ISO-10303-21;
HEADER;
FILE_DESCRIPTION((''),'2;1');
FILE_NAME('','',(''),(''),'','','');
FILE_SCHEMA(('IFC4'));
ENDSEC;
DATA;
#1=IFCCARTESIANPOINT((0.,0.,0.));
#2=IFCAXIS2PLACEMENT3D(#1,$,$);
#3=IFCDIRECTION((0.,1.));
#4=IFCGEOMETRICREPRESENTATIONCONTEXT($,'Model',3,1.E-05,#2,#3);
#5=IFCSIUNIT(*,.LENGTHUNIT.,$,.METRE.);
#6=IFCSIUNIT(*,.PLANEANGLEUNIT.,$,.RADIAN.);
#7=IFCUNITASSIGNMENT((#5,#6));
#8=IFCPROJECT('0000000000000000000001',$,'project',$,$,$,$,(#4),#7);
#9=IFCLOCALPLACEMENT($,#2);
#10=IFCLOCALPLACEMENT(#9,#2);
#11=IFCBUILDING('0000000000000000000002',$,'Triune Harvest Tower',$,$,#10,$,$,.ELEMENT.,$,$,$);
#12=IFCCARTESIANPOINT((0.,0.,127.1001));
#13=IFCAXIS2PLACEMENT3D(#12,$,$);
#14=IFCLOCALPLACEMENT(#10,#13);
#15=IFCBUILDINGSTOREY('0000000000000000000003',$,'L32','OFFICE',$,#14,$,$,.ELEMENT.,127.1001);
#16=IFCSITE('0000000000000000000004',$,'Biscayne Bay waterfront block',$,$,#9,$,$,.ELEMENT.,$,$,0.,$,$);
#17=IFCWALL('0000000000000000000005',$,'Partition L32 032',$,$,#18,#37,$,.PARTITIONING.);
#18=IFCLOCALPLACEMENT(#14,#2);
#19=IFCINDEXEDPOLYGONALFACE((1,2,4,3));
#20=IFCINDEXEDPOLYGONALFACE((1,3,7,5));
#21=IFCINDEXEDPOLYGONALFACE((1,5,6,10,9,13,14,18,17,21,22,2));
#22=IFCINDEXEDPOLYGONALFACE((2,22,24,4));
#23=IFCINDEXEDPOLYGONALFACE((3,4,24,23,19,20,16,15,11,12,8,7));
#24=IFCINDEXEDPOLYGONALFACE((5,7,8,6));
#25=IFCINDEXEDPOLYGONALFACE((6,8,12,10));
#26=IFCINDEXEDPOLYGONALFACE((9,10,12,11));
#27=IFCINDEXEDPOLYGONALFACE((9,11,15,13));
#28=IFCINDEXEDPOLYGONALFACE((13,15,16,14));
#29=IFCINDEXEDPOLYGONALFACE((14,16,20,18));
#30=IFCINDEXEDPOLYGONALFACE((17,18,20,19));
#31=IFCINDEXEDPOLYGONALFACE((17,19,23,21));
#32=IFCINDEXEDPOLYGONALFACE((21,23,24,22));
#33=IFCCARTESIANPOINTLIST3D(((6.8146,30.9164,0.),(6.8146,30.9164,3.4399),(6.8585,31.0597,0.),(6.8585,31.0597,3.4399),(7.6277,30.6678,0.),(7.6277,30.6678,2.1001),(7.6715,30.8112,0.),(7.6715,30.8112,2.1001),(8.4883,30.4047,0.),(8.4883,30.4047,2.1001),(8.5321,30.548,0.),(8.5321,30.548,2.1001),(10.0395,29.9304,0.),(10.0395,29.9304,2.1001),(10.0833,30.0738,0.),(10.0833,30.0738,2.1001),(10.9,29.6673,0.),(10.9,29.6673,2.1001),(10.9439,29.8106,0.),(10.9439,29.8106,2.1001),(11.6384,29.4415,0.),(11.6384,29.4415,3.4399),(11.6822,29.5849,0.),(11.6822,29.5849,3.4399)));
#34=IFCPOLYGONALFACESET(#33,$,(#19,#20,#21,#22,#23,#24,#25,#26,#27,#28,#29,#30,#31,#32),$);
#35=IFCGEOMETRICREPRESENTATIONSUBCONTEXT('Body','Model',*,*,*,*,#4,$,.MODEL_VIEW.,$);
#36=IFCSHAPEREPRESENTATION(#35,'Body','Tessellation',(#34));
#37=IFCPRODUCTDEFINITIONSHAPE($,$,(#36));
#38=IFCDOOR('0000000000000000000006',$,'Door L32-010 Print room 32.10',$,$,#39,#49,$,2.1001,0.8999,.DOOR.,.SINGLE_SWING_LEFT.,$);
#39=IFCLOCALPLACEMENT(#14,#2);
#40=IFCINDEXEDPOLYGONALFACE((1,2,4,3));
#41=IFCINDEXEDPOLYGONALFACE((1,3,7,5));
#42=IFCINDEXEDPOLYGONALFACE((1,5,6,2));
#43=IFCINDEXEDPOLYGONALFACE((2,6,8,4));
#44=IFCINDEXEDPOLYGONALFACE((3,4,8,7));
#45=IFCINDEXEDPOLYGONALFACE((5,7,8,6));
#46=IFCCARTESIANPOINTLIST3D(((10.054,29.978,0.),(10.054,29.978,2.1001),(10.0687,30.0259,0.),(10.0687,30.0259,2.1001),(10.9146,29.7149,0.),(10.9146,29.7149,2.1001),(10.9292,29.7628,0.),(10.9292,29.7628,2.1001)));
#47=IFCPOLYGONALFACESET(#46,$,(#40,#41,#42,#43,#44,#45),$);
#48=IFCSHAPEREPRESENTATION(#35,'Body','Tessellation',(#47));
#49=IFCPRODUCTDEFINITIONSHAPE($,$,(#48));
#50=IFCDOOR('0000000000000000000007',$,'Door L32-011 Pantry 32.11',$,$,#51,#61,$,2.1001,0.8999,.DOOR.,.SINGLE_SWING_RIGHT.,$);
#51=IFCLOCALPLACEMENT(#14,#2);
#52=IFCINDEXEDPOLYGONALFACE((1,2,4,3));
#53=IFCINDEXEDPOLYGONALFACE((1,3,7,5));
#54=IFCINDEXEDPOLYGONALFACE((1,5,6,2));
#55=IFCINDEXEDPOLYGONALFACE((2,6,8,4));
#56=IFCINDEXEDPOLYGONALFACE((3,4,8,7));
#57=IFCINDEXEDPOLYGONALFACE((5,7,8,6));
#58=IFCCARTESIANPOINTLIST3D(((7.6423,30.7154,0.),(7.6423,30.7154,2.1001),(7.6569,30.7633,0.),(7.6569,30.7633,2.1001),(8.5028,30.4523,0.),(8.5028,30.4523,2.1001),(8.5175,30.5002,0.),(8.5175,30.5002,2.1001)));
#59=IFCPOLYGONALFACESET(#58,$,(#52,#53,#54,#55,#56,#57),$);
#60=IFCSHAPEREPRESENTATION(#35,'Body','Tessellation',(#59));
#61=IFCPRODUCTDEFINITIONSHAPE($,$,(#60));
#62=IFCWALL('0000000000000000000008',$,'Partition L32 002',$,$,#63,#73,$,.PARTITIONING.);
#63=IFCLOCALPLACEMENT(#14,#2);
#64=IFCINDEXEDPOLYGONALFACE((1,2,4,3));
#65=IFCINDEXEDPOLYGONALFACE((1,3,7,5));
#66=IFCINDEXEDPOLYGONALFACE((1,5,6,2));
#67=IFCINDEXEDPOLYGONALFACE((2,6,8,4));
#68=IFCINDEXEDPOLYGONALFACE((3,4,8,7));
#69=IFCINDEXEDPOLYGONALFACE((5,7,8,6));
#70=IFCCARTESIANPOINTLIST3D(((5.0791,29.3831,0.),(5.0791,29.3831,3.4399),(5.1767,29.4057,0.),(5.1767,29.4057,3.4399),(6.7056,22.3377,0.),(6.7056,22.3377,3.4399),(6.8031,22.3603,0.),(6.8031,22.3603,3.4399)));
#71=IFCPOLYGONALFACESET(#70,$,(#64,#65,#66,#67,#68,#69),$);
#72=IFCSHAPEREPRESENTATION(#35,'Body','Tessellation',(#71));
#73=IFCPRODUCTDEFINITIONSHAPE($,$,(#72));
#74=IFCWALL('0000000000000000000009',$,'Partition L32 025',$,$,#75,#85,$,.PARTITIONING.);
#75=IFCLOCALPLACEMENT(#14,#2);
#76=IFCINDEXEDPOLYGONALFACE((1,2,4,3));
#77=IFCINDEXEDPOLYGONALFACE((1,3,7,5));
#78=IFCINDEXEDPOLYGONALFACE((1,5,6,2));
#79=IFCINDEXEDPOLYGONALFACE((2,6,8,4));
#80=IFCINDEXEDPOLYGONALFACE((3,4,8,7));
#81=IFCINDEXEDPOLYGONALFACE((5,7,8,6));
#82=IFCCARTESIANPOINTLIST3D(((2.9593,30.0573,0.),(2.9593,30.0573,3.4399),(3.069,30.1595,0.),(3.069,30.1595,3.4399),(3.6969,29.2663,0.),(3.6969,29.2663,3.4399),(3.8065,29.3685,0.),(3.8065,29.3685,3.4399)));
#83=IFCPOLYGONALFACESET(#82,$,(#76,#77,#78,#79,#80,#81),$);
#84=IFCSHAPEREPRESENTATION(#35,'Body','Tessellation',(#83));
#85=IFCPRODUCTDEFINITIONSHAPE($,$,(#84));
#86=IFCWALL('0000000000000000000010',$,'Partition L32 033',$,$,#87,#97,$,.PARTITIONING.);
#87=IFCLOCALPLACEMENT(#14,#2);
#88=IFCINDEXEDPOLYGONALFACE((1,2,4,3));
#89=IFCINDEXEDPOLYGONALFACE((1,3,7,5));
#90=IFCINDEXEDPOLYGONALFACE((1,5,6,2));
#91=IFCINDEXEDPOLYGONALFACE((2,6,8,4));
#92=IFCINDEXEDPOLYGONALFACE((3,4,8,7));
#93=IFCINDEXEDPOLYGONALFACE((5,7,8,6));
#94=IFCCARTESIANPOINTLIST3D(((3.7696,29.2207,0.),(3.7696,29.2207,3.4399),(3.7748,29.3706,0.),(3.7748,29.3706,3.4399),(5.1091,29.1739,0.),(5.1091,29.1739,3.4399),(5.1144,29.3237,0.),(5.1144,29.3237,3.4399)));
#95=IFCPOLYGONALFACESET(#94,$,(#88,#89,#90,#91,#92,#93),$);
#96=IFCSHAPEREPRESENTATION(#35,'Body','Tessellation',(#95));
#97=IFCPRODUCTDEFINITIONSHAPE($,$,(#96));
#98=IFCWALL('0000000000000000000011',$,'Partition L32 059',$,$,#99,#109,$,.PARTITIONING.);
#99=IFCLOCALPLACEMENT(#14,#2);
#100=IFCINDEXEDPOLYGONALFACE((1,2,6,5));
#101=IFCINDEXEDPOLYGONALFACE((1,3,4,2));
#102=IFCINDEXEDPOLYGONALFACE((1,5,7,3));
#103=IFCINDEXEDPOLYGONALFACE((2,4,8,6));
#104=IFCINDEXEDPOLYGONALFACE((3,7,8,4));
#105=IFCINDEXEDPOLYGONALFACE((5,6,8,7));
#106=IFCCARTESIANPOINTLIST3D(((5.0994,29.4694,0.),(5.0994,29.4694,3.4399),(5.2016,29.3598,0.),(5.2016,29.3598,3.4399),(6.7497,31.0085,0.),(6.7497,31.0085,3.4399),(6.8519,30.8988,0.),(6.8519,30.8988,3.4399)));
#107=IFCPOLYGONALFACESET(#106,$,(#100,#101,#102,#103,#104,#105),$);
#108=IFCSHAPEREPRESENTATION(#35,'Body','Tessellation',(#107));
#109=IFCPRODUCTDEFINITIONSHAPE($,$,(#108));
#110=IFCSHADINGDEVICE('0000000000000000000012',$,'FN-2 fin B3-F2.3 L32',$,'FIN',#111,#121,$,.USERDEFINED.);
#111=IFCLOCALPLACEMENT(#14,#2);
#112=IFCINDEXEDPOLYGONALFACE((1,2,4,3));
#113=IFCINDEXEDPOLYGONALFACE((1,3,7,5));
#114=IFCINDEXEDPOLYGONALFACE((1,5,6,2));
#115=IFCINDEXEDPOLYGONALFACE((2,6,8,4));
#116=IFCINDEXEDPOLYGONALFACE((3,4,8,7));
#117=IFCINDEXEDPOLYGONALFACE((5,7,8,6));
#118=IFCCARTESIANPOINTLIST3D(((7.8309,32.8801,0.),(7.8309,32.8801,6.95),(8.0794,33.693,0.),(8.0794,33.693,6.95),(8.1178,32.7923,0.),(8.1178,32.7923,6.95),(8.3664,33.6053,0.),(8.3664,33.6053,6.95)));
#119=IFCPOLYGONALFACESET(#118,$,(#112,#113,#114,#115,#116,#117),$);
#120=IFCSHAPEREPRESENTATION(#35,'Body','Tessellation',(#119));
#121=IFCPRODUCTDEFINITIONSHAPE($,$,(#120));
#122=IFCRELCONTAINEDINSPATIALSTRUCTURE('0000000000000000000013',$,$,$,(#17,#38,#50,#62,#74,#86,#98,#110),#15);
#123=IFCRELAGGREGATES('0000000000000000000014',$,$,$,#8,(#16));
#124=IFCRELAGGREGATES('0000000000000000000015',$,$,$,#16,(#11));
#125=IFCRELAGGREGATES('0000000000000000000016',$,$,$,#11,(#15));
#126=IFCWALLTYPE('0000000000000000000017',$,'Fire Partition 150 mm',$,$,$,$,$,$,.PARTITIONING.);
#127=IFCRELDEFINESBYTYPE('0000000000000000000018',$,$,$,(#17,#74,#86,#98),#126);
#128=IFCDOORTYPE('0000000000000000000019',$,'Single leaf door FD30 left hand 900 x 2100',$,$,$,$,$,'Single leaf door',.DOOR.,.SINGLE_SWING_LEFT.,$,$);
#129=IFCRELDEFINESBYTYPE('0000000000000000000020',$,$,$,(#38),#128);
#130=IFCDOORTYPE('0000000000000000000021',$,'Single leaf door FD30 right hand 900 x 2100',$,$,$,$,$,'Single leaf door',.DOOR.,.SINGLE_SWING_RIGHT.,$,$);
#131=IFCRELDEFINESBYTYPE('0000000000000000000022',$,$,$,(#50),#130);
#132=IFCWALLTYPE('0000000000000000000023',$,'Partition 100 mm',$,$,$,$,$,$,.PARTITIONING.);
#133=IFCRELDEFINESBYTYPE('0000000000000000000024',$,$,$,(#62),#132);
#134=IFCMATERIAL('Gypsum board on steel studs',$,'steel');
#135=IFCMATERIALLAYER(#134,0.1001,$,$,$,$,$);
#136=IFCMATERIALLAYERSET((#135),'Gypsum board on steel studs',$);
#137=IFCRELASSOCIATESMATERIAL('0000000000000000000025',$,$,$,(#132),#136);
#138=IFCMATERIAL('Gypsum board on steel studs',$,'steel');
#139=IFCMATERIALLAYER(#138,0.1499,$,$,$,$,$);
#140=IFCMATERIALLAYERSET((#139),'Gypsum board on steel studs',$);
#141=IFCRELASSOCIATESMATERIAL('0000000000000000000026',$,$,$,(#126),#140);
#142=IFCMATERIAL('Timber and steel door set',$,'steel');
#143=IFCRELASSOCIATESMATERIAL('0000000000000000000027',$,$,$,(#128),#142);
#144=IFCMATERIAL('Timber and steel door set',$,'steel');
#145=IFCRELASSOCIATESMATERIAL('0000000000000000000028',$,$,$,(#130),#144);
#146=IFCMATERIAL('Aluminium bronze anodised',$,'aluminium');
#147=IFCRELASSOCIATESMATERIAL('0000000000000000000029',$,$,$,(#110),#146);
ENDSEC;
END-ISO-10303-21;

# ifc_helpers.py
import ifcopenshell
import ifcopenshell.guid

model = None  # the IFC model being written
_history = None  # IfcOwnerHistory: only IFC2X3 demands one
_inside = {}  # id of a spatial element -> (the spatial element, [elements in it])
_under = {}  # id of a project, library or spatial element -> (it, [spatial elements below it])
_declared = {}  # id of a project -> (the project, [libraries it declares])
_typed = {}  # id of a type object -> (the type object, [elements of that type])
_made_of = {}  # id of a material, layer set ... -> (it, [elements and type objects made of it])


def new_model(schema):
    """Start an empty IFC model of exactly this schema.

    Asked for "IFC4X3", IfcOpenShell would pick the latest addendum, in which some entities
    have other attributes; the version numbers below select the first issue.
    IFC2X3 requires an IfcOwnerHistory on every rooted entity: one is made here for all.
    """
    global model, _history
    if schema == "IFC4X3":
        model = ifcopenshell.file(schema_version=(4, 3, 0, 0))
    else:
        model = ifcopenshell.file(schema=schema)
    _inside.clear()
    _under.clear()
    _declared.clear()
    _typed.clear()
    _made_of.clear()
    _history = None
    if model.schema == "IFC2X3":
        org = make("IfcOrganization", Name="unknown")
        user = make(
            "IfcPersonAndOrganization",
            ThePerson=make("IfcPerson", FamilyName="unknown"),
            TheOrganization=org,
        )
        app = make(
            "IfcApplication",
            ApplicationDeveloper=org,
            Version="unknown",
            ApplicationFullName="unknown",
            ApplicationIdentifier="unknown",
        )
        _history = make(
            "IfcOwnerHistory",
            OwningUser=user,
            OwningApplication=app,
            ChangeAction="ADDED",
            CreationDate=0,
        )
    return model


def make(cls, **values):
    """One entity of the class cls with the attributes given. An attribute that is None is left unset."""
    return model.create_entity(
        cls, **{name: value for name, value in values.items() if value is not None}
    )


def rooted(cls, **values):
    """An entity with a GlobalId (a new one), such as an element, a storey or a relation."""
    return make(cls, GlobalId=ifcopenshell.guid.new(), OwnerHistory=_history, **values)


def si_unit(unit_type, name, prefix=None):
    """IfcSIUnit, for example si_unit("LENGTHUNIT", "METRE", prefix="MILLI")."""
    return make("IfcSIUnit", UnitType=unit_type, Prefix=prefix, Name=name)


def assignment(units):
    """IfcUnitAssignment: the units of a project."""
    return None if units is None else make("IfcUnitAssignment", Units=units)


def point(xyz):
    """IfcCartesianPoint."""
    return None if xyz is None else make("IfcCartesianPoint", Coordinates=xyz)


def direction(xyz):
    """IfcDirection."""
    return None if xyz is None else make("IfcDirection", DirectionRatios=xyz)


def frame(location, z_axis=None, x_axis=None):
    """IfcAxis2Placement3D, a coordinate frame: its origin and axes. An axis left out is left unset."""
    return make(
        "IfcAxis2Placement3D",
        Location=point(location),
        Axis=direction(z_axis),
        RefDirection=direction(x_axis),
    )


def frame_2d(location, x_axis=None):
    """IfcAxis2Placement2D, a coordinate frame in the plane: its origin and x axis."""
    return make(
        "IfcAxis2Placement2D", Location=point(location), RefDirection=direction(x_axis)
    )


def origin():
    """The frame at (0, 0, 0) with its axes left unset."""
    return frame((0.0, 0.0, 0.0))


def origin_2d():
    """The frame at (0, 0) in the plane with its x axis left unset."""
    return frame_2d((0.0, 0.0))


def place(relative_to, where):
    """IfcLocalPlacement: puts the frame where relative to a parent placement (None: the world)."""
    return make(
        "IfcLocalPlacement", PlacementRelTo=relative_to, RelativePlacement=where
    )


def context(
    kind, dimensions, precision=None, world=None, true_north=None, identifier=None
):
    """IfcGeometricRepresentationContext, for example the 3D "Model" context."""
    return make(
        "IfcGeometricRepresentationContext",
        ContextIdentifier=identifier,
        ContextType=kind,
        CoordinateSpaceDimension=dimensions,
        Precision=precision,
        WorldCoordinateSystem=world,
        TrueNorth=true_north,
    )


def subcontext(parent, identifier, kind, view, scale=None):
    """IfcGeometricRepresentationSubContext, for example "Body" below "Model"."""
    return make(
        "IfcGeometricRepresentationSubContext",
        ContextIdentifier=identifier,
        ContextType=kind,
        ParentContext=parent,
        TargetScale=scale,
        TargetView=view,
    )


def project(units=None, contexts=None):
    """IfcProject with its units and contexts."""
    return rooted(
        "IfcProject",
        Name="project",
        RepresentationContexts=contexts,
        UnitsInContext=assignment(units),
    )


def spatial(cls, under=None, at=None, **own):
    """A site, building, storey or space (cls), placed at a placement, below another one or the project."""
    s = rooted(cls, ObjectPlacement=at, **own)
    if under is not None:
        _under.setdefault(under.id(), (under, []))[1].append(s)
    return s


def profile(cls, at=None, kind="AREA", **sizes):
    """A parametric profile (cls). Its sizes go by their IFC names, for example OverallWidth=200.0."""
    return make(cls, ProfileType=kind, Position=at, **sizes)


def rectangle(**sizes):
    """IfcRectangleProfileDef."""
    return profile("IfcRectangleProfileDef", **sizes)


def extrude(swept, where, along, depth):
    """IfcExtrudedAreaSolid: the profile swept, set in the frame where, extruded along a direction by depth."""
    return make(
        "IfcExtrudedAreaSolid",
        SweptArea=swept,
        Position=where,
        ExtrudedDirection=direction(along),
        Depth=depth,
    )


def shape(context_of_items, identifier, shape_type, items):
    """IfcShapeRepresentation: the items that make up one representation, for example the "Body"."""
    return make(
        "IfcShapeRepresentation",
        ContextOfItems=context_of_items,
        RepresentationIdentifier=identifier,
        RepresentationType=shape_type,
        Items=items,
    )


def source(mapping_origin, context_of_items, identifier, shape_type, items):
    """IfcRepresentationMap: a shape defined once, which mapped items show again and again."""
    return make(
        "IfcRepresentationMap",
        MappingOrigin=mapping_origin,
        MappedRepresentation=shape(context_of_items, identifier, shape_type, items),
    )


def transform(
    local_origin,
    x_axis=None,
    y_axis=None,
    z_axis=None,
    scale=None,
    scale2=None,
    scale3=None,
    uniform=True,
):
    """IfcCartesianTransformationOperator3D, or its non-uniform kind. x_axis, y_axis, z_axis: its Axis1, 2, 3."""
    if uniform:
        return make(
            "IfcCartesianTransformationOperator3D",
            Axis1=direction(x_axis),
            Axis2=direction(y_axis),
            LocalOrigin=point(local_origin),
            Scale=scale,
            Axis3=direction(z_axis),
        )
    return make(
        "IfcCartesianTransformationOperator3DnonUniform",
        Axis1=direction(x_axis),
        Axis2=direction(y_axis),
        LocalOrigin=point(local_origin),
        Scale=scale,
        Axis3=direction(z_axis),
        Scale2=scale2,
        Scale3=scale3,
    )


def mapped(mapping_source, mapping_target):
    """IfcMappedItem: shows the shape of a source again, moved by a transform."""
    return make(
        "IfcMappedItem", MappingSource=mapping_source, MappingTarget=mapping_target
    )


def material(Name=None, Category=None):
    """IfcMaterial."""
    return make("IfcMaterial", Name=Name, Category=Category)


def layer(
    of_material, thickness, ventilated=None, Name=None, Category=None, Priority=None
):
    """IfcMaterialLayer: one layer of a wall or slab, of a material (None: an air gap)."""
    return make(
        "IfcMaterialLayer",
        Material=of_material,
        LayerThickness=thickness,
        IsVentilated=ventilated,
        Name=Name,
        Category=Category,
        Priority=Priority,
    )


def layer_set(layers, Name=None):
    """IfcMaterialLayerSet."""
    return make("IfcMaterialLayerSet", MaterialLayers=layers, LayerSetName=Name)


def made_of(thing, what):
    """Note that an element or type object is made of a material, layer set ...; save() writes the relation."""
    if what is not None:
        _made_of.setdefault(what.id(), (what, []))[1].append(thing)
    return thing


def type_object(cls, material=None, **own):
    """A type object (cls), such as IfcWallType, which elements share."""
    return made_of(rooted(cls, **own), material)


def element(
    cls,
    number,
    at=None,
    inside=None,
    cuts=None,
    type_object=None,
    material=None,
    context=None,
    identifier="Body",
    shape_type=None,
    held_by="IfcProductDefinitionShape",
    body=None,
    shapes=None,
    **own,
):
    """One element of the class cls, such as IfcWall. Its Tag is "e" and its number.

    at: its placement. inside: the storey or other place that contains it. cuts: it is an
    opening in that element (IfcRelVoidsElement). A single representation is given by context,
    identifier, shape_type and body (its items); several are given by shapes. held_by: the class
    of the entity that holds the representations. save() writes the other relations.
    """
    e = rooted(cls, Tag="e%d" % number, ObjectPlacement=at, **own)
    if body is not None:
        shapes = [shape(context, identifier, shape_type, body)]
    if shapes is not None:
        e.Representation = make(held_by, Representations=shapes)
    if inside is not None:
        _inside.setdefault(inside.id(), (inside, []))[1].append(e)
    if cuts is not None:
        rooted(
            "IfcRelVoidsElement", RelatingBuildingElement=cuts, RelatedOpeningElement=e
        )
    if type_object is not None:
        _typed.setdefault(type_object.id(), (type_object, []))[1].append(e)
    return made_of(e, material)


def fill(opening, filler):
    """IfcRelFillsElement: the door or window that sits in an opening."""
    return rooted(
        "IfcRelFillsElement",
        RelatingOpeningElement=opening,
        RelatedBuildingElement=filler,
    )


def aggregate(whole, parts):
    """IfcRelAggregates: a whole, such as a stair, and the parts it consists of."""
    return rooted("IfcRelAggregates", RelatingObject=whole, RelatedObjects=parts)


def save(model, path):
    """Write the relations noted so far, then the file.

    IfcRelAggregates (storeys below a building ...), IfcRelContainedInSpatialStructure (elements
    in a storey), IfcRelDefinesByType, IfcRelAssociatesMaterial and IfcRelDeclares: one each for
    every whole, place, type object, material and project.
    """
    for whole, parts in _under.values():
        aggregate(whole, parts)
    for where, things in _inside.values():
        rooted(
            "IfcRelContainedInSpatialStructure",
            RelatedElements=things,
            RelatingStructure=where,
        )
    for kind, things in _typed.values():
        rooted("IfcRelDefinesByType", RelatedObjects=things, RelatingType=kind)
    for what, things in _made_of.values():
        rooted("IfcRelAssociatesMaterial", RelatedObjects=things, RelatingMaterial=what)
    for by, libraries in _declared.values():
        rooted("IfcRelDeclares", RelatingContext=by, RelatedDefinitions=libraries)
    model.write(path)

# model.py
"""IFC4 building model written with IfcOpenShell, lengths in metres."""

from ifc_helpers import new_model, si_unit, direction, frame, frame_2d, origin, origin_2d, place, context, subcontext, project, spatial, rectangle, extrude, source, transform, mapped, material, layer, layer_set, type_object, element, fill, save


model = new_model("IFC4")

# Units and contexts
model_context = context("Model", 3, precision=1e-05, world=origin(), true_north=direction((0.0, 1.0)))
body_context = subcontext(model_context, "Body", "Model", "MODEL_VIEW")
ifc_project = project(units=[si_unit("LENGTHUNIT", "METRE"), si_unit("PLANEANGLEUNIT", "RADIAN")], contexts=[model_context])

# Site, building, storey
site_placement = place(None, origin())
site = spatial("IfcSite", under=ifc_project, at=site_placement, Name="Biscayne Bay waterfront block", CompositionType="ELEMENT", RefElevation=0.0)
building_placement = place(site_placement, origin())
building = spatial("IfcBuilding", under=site, at=building_placement, Name="Triune Harvest Tower", CompositionType="ELEMENT")
storey_placement = place(building_placement, frame((0.0, 0.0, 127.1001)))
storey = spatial("IfcBuildingStorey", under=building, at=storey_placement, Name="L32", Description="OFFICE", CompositionType="ELEMENT", Elevation=127.1001)

# Shared definitions
ifc_material_1 = material(Name="Gypsum board on steel studs", Category="steel")
ifc_layer_1 = layer(ifc_material_1, 0.1001)
ifc_layer_set_1 = layer_set([ifc_layer_1], Name="Gypsum board on steel studs")
wall_type_1 = type_object("IfcWallType", Name="Partition 100 mm", PredefinedType="PARTITIONING", material=ifc_layer_set_1)

# Wall, openings, doors
ifc_material_2 = material(Name="Gypsum board on steel studs", Category="steel")
ifc_layer_2 = layer(ifc_material_2, 0.1499)
ifc_layer_set_2 = layer_set([ifc_layer_2], Name="Gypsum board on steel studs")
wall_type_2 = type_object("IfcWallType", Name="Fire Partition 150 mm", PredefinedType="PARTITIONING", material=ifc_layer_set_2)
shared_shape_1 = source(origin(), body_context, "Body", "SweptSolid", [
    extrude(rectangle(XDim=5.0442, YDim=0.1499, at=frame_2d((2.522, 0.0))), origin(), (0.0, 0.0, 1.0), 3.4399),
])
wall_1_placement = place(storey_placement, frame((6.8367, 30.988, 0.0), z_axis=(0.0, 0.0, 1.0), x_axis=(0.9563, -0.292388, 0.0)))
wall_1 = element("IfcWall", 1, at=wall_1_placement, inside=storey, type_object=wall_type_2, Name="Partition L32 032", PredefinedType="PARTITIONING", context=body_context, shape_type="MappedRepresentation", body=[
    mapped(shared_shape_1, transform((0.0, 0.0, 0.0), scale=1.0)),
])
opening_1_placement = place(wall_1_placement, frame((3.3721, 0.0, 0.0)))
opening_1 = element("IfcOpeningElement", 2, at=opening_1_placement, cuts=wall_1, PredefinedType="OPENING", context=body_context, shape_type="SweptSolid", body=[
    extrude(rectangle(XDim=0.8999, YDim=2.1001, at=frame_2d((0.45, 1.05))), frame((0.0, 0.085, 0.0), z_axis=(0.0, -1.0, 0.0), x_axis=(1.0, 0.0, 0.0)), (0.0, 0.0, 1.0), 0.1699),
])
opening_2_placement = place(wall_1_placement, frame((0.8501, 0.0, 0.0)))
opening_2 = element("IfcOpeningElement", 3, at=opening_2_placement, cuts=wall_1, PredefinedType="OPENING", context=body_context, shape_type="SweptSolid", body=[
    extrude(rectangle(XDim=0.8999, YDim=2.1001, at=frame_2d((0.45, 1.05))), frame((0.0, 0.085, 0.0), z_axis=(0.0, -1.0, 0.0), x_axis=(1.0, 0.0, 0.0)), (0.0, 0.0, 1.0), 0.1699),
])
ifc_material_3 = material(Name="Timber and steel door set", Category="steel")
door_type_1 = type_object("IfcDoorType", Name="Single leaf door FD30 left hand 900 x 2100", ElementType="Single leaf door", OperationType="SINGLE_SWING_LEFT", PredefinedType="DOOR", material=ifc_material_3)
door_1_placement = place(opening_1_placement, origin())
door_1 = element("IfcDoor", 4, at=door_1_placement, inside=storey, type_object=door_type_1, Name="Door L32-010 Print room 32.10", OperationType="SINGLE_SWING_LEFT", OverallHeight=2.1001, OverallWidth=0.8999, PredefinedType="DOOR", context=body_context, shape_type="SweptSolid", body=[
    extrude(rectangle(XDim=0.8999, YDim=2.1001, at=frame_2d((0.45, 1.05))), frame((0.0, 0.0249, 0.0), z_axis=(0.0, -1.0, 0.0), x_axis=(1.0, 0.0, 0.0)), (0.0, 0.0, 1.0), 0.05),
])
fill(opening_1, door_1)
ifc_material_4 = material(Name="Timber and steel door set", Category="steel")
door_type_2 = type_object("IfcDoorType", Name="Single leaf door FD30 right hand 900 x 2100", ElementType="Single leaf door", OperationType="SINGLE_SWING_RIGHT", PredefinedType="DOOR", material=ifc_material_4)
door_2_placement = place(opening_2_placement, origin())
door_2 = element("IfcDoor", 5, at=door_2_placement, inside=storey, type_object=door_type_2, Name="Door L32-011 Pantry 32.11", OperationType="SINGLE_SWING_RIGHT", OverallHeight=2.1001, OverallWidth=0.8999, PredefinedType="DOOR", context=body_context, shape_type="SweptSolid", body=[
    extrude(rectangle(XDim=0.8999, YDim=2.1001, at=frame_2d((0.45, 1.05))), frame((0.0, 0.0249, 0.0), z_axis=(0.0, -1.0, 0.0), x_axis=(1.0, 0.0, 0.0)), (0.0, 0.0, 1.0), 0.05),
])
fill(opening_2, door_2)

# Walls
shared_shape_2 = source(origin(), body_context, "Body", "SweptSolid", [
    extrude(rectangle(XDim=7.2307, YDim=0.1001, at=frame_2d((3.6152, 0.0))), origin(), (0.0, 0.0, 1.0), 3.4399),
])
wall_2_placement = place(storey_placement, frame((5.1279, 29.3943, 0.0), z_axis=(0.0, 0.0, 1.0), x_axis=(0.224938, -0.974373, 0.0)))
element("IfcWall", 6, at=wall_2_placement, inside=storey, type_object=wall_type_1, Name="Partition L32 002", PredefinedType="PARTITIONING", context=body_context, shape_type="MappedRepresentation", body=[
    mapped(shared_shape_2, transform((0.0, 0.0, 0.0), scale=1.0)),
])
shared_shape_3 = source(origin(), body_context, "Body", "SweptSolid", [
    extrude(rectangle(XDim=1.0815, YDim=0.1499, at=frame_2d((0.5408, 0.0))), origin(), (0.0, 0.0, 1.0), 3.4399),
])
wall_3_placement = place(storey_placement, frame((3.0142, 30.1084, 0.0), z_axis=(0.0, 0.0, 1.0), x_axis=(0.681956, -0.731393, 0.0)))
element("IfcWall", 7, at=wall_3_placement, inside=storey, type_object=wall_type_2, Name="Partition L32 025", PredefinedType="PARTITIONING", context=body_context, shape_type="MappedRepresentation", body=[
    mapped(shared_shape_3, transform((0.0, 0.0, 0.0), scale=1.0)),
])
shared_shape_4 = source(origin(), body_context, "Body", "SweptSolid", [
    extrude(rectangle(XDim=1.3403, YDim=0.1499, at=frame_2d((0.6702, 0.0))), origin(), (0.0, 0.0, 1.0), 3.4399),
])
wall_4_placement = place(storey_placement, frame((3.7722, 29.2957, 0.0), z_axis=(0.0, 0.0, 1.0), x_axis=(0.999388, -0.03497, 0.0)))
element("IfcWall", 8, at=wall_4_placement, inside=storey, type_object=wall_type_2, Name="Partition L32 033", PredefinedType="PARTITIONING", context=body_context, shape_type="MappedRepresentation", body=[
    mapped(shared_shape_4, transform((0.0, 0.0, 0.0), scale=1.0)),
])
shared_shape_5 = source(origin(), body_context, "Body", "SweptSolid", [
    extrude(rectangle(XDim=2.2566, YDim=0.1499, at=frame_2d((1.1284, 0.0))), origin(), (0.0, 0.0, 1.0), 3.4399),
])
wall_5_placement = place(storey_placement, frame((5.1504, 29.4146, 0.0), z_axis=(0.0, 0.0, 1.0), x_axis=(0.731343, 0.68201, 0.0)))
element("IfcWall", 9, at=wall_5_placement, inside=storey, type_object=wall_type_2, Name="Partition L32 059", PredefinedType="PARTITIONING", context=body_context, shape_type="MappedRepresentation", body=[
    mapped(shared_shape_5, transform((0.0, 0.0, 0.0), scale=1.0)),
])

# Shading device
ifc_material_5 = material(Name="Aluminium bronze anodised", Category="aluminium")
shared_shape_6 = source(origin(), body_context, "Body", "SweptSolid", [
    extrude(rectangle(XDim=0.3, YDim=0.8501, at=origin_2d()), origin(), (0.0, 0.0, 1.0), 6.95),
])
shading_device_placement = place(storey_placement, frame((8.0986, 33.2427, 0.0), z_axis=(0.0, 0.0, 1.0), x_axis=(-0.956303, 0.292377, 0.0)))
element("IfcShadingDevice", 10, at=shading_device_placement, inside=storey, material=ifc_material_5, Name="FN-2 fin B3-F2.3 L32", ObjectType="FIN", PredefinedType="USERDEFINED", context=body_context, shape_type="MappedRepresentation", body=[
    mapped(shared_shape_6, transform((0.0, 0.0, 0.0), scale=1.0)),
])

save(model, "model.ifc")
